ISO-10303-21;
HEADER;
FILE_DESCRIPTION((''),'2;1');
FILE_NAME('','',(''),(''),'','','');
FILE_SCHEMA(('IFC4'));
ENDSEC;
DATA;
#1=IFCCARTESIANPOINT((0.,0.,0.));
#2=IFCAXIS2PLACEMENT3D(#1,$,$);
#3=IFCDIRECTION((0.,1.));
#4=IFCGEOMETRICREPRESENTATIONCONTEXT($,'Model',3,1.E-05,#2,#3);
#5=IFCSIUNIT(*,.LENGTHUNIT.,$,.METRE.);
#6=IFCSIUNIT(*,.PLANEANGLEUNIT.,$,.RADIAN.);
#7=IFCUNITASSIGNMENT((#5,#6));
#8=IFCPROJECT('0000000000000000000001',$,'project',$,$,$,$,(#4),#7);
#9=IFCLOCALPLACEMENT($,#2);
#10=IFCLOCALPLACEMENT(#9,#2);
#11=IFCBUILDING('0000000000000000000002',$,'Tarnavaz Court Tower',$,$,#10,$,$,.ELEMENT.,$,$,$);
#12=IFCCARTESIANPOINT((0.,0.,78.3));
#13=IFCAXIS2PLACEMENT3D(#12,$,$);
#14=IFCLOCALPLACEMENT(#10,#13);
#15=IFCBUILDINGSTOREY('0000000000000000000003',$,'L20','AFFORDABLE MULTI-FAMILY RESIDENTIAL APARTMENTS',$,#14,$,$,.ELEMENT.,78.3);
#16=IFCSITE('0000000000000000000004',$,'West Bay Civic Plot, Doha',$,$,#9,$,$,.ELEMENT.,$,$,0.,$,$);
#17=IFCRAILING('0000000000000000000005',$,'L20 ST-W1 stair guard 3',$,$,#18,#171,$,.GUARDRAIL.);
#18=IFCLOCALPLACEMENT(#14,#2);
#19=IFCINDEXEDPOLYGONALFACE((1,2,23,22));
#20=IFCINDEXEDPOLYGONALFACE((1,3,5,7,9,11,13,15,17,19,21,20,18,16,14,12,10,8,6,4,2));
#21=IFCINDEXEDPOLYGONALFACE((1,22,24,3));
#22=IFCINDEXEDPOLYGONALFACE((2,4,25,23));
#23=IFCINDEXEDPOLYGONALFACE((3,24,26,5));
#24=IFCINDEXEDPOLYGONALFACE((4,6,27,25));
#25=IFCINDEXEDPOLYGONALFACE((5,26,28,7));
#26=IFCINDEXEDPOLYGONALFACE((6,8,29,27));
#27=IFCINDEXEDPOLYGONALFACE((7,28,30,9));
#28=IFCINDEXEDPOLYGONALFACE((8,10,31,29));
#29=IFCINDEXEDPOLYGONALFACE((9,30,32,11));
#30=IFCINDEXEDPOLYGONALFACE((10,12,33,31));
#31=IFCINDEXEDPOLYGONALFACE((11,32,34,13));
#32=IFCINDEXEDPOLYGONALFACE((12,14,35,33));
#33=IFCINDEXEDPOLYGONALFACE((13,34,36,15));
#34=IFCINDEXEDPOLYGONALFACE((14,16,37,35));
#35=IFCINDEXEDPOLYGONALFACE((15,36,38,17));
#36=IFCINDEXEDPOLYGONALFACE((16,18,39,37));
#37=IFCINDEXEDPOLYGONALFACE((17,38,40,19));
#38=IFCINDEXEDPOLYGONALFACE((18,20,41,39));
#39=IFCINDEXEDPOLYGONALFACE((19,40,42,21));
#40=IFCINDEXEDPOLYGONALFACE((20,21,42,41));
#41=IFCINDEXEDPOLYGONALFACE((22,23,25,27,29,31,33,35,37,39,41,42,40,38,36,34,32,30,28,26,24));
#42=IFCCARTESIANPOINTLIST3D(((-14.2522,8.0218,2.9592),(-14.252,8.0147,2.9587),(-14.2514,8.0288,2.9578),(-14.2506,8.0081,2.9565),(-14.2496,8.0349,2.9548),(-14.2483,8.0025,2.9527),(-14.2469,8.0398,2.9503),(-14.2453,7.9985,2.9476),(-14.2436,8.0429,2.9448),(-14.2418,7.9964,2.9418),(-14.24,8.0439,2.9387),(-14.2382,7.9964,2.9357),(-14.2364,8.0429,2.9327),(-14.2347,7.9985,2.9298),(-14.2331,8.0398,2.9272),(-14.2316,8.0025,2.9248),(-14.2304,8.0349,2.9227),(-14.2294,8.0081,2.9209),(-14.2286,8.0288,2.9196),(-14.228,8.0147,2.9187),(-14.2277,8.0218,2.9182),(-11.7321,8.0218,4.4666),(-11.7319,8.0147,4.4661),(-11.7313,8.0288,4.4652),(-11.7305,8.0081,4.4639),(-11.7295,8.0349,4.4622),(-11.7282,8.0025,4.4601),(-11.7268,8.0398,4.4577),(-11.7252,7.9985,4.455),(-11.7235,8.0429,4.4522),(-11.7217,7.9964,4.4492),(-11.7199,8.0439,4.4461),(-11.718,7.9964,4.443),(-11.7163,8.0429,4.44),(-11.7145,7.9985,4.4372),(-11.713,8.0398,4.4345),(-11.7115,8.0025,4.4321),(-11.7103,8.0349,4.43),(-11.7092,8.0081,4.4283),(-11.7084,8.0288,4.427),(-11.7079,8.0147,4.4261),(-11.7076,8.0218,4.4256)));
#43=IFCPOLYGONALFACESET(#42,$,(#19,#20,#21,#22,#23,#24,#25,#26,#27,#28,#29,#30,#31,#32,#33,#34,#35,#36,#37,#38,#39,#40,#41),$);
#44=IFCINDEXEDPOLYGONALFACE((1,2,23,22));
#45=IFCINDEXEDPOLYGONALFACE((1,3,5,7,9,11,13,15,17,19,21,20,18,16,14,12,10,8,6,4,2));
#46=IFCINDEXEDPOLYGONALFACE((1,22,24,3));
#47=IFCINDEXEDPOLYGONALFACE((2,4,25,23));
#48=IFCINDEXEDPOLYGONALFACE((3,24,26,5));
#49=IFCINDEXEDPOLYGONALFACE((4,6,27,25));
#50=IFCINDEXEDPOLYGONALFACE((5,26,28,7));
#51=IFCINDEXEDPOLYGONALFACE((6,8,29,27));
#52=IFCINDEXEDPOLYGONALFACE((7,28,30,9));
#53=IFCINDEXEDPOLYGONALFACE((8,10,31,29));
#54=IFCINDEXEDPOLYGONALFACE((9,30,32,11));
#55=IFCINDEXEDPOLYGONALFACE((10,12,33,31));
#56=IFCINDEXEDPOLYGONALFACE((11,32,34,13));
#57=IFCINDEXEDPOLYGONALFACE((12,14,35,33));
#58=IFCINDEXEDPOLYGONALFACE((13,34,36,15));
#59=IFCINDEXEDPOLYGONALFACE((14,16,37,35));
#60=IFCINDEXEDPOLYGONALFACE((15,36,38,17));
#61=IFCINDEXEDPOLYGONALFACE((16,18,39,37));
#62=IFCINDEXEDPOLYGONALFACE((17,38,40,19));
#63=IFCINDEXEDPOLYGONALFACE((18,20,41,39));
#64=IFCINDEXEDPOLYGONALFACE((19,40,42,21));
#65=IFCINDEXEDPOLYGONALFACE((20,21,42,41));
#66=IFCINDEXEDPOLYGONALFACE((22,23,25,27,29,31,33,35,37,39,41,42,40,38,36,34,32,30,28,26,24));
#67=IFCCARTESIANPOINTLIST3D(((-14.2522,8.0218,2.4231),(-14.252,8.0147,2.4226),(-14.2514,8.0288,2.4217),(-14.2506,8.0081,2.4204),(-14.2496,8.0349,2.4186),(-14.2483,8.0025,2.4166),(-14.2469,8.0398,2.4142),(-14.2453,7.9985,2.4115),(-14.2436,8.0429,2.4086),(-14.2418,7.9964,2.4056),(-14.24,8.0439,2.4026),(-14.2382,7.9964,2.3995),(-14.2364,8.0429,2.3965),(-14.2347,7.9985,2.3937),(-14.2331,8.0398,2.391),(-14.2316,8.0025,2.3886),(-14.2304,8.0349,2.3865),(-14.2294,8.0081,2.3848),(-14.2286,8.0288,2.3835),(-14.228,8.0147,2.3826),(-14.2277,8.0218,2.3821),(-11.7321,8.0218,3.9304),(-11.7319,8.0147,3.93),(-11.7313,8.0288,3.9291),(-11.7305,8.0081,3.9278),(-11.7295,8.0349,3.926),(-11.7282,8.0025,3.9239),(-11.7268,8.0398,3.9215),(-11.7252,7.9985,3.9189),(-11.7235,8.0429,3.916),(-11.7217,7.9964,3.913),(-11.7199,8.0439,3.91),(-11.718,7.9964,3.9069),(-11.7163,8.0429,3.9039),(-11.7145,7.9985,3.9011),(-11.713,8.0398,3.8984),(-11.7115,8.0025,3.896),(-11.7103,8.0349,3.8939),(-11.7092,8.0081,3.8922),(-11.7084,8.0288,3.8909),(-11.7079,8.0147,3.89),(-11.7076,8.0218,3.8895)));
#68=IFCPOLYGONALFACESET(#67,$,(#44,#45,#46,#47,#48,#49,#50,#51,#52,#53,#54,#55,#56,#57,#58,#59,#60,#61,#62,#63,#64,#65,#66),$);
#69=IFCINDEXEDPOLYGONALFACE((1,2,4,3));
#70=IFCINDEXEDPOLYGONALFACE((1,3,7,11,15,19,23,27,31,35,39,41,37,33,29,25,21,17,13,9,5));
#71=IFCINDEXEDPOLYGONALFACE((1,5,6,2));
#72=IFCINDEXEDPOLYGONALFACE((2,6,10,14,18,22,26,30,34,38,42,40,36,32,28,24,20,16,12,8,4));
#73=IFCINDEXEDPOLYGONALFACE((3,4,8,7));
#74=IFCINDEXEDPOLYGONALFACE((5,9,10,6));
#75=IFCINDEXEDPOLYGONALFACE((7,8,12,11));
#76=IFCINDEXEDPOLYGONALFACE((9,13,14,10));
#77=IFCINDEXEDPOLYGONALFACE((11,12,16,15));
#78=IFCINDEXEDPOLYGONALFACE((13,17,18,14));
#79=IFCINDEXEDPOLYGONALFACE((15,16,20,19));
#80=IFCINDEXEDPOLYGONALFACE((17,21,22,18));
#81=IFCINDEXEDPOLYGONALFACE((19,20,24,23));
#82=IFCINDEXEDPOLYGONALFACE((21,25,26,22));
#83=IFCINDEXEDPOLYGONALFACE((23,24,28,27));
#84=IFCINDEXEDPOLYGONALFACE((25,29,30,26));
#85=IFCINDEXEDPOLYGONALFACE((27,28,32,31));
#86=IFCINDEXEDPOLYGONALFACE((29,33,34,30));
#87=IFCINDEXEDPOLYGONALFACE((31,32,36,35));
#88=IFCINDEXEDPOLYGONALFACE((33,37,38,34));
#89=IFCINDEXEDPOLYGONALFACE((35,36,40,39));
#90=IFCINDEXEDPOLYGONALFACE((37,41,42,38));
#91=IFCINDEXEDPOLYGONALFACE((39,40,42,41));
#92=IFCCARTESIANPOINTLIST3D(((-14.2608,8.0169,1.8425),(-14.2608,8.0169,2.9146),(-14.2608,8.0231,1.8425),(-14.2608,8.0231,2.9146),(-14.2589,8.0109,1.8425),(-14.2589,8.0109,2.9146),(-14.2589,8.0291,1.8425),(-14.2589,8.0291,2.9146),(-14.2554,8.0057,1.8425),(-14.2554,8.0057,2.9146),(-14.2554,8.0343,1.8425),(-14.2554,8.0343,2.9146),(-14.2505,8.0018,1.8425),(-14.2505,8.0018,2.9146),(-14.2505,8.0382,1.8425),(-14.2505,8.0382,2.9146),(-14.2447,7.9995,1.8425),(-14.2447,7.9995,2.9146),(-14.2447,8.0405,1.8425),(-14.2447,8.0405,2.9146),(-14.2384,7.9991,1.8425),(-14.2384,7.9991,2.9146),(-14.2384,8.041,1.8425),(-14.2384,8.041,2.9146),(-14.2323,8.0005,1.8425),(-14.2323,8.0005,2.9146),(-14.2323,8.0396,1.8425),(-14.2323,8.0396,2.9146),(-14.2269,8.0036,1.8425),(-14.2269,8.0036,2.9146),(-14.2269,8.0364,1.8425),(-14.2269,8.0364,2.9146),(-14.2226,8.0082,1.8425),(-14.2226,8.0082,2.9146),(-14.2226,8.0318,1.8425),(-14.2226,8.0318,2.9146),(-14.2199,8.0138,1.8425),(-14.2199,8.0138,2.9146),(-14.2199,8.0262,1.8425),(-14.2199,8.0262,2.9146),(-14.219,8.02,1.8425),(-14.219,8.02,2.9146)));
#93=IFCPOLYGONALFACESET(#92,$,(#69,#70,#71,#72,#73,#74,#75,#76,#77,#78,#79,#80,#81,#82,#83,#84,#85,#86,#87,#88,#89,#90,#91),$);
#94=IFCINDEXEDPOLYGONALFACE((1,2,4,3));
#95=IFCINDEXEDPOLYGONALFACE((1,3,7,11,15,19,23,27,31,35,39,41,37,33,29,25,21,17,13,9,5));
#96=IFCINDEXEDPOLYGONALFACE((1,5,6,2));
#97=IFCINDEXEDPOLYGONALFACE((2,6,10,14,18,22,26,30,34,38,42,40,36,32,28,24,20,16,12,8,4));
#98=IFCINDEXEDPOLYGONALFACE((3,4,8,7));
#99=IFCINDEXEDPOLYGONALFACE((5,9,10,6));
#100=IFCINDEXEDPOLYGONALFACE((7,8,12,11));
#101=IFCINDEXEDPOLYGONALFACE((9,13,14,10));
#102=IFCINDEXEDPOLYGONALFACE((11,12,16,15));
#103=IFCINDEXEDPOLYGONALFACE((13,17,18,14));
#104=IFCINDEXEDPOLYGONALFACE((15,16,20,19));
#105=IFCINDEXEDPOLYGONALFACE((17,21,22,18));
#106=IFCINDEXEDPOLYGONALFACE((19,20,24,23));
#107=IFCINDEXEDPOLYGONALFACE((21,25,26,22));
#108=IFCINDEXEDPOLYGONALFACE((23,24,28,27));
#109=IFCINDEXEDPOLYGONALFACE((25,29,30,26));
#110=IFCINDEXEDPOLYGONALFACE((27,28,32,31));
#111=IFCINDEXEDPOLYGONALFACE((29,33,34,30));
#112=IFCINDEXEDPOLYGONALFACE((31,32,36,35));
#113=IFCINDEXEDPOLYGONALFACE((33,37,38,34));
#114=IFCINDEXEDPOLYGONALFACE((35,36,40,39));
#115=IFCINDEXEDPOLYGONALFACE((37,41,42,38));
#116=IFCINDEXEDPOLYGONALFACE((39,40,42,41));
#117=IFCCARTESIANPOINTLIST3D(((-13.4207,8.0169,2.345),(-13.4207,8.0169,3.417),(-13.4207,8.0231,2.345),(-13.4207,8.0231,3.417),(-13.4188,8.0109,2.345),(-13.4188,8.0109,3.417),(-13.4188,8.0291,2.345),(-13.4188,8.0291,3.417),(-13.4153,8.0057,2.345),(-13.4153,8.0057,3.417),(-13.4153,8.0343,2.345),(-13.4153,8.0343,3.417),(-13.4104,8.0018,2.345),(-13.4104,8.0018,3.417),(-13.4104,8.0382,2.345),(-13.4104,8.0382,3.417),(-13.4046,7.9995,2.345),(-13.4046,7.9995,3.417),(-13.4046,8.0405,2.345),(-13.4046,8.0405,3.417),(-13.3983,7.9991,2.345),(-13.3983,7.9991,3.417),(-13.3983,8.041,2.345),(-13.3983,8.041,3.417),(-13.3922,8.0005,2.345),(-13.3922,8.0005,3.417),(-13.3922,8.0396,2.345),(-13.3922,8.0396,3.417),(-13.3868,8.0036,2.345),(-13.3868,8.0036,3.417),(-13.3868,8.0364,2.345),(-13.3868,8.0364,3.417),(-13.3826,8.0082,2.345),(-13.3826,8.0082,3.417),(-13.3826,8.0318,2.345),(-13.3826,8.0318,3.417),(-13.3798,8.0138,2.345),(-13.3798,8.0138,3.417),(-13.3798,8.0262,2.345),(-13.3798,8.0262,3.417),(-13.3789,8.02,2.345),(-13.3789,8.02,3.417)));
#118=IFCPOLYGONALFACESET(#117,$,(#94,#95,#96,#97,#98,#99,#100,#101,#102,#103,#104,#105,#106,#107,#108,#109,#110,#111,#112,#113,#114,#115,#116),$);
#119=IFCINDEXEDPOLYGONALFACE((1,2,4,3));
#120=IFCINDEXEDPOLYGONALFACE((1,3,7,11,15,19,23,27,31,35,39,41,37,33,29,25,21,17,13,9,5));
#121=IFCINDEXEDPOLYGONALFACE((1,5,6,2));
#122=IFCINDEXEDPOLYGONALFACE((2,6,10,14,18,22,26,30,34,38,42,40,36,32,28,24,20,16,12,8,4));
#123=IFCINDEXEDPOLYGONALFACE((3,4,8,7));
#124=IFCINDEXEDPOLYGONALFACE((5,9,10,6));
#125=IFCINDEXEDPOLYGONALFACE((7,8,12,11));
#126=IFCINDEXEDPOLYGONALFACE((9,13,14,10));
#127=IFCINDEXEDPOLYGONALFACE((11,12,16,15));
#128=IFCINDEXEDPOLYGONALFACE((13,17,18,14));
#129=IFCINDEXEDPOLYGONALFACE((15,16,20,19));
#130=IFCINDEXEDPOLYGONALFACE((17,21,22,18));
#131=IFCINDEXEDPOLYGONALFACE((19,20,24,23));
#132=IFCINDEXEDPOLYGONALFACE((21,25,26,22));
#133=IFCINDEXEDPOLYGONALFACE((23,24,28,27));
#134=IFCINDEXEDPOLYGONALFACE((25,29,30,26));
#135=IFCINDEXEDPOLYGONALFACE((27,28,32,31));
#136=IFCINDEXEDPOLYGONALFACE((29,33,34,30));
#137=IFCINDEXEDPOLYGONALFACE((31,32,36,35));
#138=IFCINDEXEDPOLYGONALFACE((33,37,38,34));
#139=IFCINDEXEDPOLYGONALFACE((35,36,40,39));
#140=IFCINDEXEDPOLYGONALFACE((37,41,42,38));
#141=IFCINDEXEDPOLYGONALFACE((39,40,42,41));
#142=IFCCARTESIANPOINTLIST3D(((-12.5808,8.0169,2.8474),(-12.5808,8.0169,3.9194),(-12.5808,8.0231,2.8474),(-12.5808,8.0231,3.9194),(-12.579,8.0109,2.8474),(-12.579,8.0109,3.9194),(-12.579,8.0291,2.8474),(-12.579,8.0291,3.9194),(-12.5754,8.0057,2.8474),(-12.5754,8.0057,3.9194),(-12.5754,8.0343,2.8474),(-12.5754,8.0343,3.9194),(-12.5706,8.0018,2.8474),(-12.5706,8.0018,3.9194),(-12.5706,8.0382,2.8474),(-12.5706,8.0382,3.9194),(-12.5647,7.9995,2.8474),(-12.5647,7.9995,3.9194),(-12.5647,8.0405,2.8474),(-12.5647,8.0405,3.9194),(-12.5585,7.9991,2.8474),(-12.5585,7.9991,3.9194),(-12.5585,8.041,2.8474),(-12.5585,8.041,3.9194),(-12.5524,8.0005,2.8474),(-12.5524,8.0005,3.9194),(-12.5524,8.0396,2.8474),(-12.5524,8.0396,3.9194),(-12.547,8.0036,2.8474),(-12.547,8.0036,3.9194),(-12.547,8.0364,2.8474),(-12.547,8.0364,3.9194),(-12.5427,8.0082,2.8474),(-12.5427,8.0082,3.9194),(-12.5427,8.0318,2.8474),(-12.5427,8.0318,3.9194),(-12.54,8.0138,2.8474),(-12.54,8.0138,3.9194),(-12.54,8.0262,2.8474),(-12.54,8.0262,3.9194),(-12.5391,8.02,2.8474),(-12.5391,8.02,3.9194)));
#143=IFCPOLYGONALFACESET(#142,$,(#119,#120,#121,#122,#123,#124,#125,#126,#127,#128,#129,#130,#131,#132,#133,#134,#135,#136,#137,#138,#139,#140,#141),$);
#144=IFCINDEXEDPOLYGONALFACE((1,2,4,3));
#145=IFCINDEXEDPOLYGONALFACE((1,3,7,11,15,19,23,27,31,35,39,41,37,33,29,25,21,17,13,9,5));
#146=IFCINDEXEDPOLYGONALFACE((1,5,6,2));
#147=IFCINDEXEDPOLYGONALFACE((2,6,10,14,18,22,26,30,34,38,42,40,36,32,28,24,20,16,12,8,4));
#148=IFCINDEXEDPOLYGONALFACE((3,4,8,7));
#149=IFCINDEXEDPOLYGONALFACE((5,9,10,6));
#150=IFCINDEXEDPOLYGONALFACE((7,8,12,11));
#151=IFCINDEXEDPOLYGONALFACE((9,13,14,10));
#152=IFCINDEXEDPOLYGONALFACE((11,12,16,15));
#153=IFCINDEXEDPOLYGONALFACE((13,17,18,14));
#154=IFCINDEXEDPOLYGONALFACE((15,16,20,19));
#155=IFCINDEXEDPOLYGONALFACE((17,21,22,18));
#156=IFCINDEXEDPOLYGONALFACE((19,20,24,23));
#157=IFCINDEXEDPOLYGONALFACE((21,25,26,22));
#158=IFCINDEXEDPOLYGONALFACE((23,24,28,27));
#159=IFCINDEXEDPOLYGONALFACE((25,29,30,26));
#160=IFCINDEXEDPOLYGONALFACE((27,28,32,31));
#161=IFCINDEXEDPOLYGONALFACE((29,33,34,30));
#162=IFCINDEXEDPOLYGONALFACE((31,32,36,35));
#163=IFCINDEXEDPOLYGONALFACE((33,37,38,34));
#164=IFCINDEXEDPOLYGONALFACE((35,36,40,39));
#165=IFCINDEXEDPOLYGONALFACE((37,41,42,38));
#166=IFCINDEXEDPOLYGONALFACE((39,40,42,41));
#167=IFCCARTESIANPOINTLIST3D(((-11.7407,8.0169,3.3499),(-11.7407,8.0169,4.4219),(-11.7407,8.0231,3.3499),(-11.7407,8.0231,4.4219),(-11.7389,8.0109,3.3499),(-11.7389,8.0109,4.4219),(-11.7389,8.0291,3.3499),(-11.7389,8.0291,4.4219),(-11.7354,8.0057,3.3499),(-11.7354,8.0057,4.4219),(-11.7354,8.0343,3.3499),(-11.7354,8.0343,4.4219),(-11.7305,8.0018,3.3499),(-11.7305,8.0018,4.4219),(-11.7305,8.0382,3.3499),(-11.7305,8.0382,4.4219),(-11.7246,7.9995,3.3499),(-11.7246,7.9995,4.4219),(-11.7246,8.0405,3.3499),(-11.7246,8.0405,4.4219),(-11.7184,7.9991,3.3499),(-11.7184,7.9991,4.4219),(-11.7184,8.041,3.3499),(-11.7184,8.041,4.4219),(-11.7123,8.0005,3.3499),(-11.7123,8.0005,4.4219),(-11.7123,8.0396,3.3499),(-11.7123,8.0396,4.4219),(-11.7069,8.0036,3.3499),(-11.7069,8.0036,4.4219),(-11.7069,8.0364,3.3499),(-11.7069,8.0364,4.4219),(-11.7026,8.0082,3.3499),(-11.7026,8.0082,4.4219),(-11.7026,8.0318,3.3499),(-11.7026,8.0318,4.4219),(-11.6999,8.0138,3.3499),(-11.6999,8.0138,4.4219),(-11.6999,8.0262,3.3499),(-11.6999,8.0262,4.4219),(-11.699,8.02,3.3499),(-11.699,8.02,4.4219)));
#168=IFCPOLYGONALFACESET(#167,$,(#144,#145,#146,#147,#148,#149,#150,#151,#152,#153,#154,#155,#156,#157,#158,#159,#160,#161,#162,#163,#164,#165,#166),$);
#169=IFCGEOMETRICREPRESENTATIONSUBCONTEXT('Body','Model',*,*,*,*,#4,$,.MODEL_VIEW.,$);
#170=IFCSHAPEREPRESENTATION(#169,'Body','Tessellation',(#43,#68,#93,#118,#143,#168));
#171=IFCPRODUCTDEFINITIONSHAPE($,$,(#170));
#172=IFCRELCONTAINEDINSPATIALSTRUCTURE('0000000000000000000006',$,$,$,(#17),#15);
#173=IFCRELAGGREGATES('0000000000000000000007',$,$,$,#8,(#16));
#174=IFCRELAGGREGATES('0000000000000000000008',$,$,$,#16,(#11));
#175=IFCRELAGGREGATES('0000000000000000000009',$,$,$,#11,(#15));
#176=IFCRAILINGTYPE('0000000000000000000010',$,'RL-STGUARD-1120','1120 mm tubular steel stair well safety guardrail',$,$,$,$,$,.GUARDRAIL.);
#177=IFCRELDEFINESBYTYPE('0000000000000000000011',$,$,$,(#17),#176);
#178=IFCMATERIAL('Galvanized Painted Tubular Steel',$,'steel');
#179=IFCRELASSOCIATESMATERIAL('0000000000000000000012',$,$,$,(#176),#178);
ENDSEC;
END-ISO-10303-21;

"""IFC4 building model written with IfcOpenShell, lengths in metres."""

from ifc_helpers import new_model, si_unit, direction, frame, origin, origin_2d, place, context, subcontext, project, spatial, circle, extrude, material, type_object, element, save


model = new_model("IFC4")

# Units and contexts
model_context = context("Model", 3, precision=1e-05, world=origin(), true_north=direction((0.0, 1.0)))
body_context = subcontext(model_context, "Body", "Model", "MODEL_VIEW")
ifc_project = project(units=[si_unit("LENGTHUNIT", "METRE"), si_unit("PLANEANGLEUNIT", "RADIAN")], contexts=[model_context])

# Site, building, storey
site_placement = place(None, origin())
site = spatial("IfcSite", under=ifc_project, at=site_placement, Name="West Bay Civic Plot, Doha", CompositionType="ELEMENT", RefElevation=0.0)
building_placement = place(site_placement, origin())
building = spatial("IfcBuilding", under=site, at=building_placement, Name="Tarnavaz Court Tower", CompositionType="ELEMENT")
storey_placement = place(building_placement, frame((0.0, 0.0, 78.3)))
storey = spatial("IfcBuildingStorey", under=building, at=storey_placement, Name="L20", Description="AFFORDABLE MULTI-FAMILY RESIDENTIAL APARTMENTS", CompositionType="ELEMENT", Elevation=78.3)

# Railing
ifc_material_1 = material(Name="Galvanized Painted Tubular Steel", Category="steel")
railing_type_1 = type_object("IfcRailingType", Name="RL-STGUARD-1120", Description="1120 mm tubular steel stair well safety guardrail", PredefinedType="GUARDRAIL", material=ifc_material_1)
railing_1_placement = place(storey_placement, frame((-14.24, 8.02, 1.8425)))
element("IfcRailing", 1, at=railing_1_placement, inside=storey, type_object=railing_type_1, Name="L20 ST-W1 stair guard 3", PredefinedType="GUARDRAIL", context=body_context, shape_type="SweptSolid", body=[
    extrude(circle(Radius=0.0239, at=origin_2d()), frame((0.0, 0.0, 1.0962), z_axis=(0.858196, 0.0, 0.513321), x_axis=(0.0, 1.0, 0.0)), (0.0, 0.0, 1.0), 2.9365),
    extrude(circle(Radius=0.0239, at=origin_2d()), frame((0.0, 0.0, 0.5601), z_axis=(0.858196, 0.0, 0.513321), x_axis=(0.0, 1.0, 0.0)), (0.0, 0.0, 1.0), 2.9365),
    extrude(circle(Radius=0.021, at=origin_2d()), origin(), (0.0, 0.0, 1.0), 1.072),
    extrude(circle(Radius=0.021, at=origin_2d()), frame((0.8401, 0.0, 0.5024)), (0.0, 0.0, 1.0), 1.072),
    extrude(circle(Radius=0.021, at=origin_2d()), frame((1.6799, 0.0, 1.0049)), (0.0, 0.0, 1.0), 1.072),
    extrude(circle(Radius=0.021, at=origin_2d()), frame((2.52, 0.0, 1.5073)), (0.0, 0.0, 1.0), 1.072),
])

save(model, "model.ifc")
